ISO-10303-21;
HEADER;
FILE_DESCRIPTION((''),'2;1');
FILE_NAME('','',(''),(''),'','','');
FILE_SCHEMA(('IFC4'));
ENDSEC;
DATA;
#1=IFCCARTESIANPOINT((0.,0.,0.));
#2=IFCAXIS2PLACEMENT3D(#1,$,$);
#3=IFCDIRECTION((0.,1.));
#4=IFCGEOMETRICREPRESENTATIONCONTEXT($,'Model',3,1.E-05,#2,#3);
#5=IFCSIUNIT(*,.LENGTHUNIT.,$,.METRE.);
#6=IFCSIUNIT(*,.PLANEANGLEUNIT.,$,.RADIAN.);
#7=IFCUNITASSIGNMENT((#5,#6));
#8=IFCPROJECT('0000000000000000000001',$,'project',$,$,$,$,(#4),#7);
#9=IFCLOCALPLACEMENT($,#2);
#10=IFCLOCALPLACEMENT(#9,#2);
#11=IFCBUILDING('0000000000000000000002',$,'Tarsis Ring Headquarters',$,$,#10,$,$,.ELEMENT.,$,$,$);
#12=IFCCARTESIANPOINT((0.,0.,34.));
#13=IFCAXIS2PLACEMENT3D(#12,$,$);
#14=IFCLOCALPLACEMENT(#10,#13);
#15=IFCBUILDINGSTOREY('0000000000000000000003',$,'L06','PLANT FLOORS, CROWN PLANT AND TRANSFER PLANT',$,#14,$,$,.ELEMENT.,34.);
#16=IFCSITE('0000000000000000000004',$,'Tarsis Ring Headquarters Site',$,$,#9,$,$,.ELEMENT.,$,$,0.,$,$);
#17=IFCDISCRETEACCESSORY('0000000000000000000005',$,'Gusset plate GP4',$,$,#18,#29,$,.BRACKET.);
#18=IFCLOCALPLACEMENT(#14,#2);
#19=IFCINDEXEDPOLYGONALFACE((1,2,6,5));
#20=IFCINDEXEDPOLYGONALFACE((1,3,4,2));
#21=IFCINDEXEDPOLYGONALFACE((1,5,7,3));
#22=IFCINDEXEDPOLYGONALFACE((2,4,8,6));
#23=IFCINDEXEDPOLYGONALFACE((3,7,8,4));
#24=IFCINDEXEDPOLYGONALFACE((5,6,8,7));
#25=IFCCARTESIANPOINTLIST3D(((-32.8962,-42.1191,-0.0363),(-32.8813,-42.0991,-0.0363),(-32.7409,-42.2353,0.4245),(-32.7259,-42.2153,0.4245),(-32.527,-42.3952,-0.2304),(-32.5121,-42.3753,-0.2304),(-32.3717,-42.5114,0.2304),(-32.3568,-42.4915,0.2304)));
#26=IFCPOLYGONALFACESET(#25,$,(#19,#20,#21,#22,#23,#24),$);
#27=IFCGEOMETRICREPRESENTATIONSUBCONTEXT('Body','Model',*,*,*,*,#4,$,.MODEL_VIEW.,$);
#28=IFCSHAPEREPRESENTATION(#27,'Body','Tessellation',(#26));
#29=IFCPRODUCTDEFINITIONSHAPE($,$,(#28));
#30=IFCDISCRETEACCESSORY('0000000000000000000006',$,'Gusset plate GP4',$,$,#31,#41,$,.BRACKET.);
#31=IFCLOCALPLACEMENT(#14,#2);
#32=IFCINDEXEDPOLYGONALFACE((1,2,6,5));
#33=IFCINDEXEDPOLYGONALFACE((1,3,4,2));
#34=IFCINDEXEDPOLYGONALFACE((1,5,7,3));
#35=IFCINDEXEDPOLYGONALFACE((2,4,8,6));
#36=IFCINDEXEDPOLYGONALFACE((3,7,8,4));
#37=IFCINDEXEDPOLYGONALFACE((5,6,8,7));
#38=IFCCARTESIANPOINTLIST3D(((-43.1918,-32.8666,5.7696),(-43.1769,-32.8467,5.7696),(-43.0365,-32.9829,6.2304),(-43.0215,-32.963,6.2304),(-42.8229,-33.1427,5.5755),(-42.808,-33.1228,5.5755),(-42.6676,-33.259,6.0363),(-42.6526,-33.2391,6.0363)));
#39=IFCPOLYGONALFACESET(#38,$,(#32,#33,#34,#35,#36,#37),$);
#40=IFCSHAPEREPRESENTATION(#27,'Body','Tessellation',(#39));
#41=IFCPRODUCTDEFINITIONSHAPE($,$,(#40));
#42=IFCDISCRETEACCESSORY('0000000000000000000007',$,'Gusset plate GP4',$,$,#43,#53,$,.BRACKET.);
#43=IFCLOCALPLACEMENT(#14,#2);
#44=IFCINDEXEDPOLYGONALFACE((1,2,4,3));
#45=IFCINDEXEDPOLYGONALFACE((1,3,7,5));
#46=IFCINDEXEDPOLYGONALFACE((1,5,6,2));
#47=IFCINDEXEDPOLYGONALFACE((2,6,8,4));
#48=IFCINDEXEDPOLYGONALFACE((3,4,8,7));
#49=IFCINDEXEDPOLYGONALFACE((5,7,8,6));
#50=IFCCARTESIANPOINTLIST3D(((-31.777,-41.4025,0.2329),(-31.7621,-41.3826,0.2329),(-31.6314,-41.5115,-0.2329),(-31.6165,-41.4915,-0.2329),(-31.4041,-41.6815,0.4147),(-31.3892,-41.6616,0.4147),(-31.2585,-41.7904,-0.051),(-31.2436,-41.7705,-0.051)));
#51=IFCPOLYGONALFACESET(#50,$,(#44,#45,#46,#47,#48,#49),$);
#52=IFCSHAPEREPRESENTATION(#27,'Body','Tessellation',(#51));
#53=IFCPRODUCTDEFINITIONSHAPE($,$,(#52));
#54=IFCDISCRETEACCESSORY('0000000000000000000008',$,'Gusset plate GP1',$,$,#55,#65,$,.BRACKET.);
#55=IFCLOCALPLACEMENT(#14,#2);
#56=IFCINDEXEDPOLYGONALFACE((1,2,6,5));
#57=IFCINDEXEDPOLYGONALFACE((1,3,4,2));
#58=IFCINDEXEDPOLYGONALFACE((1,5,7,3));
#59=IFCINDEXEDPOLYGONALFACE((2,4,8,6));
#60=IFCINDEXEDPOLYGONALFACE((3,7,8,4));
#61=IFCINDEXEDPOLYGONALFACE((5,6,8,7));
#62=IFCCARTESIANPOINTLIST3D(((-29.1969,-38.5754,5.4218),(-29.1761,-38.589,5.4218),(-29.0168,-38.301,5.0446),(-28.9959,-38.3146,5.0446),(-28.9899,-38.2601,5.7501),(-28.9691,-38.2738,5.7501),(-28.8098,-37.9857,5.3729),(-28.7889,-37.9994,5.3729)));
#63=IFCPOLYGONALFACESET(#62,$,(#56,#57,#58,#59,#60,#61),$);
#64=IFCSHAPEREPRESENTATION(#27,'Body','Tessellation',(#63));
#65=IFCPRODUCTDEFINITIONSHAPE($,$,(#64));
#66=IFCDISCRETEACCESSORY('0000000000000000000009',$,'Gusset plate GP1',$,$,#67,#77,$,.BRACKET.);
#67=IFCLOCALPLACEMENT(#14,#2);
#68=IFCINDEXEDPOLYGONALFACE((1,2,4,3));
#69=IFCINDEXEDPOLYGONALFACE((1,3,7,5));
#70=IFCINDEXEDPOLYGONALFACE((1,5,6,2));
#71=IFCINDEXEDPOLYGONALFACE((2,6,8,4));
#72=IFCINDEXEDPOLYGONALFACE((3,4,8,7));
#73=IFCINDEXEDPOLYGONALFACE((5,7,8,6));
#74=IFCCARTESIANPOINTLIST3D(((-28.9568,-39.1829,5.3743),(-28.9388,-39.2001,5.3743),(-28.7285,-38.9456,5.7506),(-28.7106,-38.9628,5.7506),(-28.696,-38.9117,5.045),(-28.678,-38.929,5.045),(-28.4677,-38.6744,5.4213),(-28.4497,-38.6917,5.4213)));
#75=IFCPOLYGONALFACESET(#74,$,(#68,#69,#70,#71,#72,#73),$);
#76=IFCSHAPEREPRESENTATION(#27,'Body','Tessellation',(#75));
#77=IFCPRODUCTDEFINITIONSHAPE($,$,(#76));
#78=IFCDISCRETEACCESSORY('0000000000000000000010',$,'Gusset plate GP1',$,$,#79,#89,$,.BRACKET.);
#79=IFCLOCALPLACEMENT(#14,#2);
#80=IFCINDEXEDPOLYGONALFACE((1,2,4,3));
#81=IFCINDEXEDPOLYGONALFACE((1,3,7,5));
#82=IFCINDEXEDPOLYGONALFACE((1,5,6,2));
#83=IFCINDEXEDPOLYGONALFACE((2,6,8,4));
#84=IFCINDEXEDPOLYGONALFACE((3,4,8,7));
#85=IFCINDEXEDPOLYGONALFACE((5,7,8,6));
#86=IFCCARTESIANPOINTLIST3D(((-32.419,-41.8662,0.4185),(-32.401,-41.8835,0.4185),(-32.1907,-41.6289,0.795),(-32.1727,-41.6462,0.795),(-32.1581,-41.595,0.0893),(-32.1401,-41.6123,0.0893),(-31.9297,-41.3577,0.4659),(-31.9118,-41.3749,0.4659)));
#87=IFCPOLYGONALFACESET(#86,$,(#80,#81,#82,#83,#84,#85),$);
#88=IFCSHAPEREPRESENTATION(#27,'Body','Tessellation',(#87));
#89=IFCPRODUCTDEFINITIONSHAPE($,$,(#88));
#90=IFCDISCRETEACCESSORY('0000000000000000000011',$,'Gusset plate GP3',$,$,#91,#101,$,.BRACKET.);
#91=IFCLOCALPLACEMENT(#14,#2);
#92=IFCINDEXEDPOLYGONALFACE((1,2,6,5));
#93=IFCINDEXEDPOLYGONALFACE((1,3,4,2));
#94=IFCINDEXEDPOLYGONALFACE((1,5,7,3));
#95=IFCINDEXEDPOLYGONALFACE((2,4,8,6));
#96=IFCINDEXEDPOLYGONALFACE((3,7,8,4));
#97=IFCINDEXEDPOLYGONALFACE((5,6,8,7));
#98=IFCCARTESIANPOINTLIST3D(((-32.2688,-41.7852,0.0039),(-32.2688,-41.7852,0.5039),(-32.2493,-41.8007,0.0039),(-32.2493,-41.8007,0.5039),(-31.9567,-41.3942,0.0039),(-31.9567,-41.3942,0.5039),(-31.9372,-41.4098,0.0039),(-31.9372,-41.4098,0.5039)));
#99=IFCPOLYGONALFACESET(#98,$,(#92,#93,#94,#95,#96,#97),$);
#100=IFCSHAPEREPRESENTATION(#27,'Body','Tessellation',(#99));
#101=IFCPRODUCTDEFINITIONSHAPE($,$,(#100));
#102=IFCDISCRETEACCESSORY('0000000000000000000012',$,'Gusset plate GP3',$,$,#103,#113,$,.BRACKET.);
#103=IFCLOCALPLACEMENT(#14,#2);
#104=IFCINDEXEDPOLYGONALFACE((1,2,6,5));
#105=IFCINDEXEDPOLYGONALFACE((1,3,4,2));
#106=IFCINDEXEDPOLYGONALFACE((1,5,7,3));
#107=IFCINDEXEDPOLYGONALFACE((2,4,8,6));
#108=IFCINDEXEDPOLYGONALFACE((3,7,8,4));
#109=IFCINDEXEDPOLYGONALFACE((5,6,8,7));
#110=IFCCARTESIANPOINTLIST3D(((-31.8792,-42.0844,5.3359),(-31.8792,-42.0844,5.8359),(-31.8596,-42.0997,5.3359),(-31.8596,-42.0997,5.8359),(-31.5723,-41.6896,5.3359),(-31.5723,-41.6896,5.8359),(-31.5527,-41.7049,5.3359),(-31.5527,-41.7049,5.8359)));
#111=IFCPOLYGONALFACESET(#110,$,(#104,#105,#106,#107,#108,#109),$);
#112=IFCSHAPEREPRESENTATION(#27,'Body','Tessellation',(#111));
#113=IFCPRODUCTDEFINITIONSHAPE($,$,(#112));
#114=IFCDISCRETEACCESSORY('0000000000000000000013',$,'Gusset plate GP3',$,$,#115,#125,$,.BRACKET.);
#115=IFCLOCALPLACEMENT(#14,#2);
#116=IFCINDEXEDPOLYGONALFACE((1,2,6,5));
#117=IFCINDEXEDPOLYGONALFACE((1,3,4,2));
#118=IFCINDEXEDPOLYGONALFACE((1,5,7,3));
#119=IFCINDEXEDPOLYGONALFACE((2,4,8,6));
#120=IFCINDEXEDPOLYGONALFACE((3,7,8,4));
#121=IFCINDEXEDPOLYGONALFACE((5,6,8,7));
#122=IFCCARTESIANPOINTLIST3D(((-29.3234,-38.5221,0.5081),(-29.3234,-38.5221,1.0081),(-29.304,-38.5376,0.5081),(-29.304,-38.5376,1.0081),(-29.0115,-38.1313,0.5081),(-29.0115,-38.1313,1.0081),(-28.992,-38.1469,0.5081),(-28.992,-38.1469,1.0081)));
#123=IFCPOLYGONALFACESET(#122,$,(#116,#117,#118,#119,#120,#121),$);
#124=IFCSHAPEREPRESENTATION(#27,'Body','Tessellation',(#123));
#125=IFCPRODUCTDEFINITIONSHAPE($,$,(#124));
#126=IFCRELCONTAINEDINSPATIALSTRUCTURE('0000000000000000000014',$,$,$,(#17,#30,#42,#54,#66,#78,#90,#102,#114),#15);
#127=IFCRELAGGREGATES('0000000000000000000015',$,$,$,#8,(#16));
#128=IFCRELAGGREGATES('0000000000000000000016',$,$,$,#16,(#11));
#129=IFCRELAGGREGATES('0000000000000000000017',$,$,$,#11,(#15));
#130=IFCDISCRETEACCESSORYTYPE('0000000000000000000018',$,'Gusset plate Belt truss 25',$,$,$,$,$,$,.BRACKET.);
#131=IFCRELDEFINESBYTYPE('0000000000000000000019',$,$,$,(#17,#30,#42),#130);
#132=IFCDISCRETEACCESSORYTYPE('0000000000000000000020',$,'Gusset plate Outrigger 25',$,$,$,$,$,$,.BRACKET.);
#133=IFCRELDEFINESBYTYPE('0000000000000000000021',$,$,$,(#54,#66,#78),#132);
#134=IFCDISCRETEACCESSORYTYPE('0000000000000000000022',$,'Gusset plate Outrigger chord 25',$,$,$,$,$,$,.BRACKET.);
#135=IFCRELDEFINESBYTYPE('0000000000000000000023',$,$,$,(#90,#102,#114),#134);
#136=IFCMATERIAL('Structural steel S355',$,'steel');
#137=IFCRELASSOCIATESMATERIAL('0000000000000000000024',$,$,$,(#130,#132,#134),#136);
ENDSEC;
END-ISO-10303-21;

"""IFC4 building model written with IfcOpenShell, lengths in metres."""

from ifc_helpers import new_model, si_unit, direction, frame, origin, origin_2d, place, context, subcontext, project, spatial, rectangle, extrude, material, material_profile, profile_set, type_object, element, save


model = new_model("IFC4")

# Units and contexts
model_context = context("Model", 3, precision=1e-05, world=origin(), true_north=direction((0.0, 1.0)))
body_context = subcontext(model_context, "Body", "Model", "MODEL_VIEW")
ifc_project = project(units=[si_unit("LENGTHUNIT", "METRE"), si_unit("PLANEANGLEUNIT", "RADIAN")], contexts=[model_context])

# Site, building, storey
site_placement = place(None, origin())
site = spatial("IfcSite", under=ifc_project, at=site_placement, Name="Tarsis Ring Headquarters Site", CompositionType="ELEMENT", RefElevation=0.0)
building_placement = place(site_placement, origin())
building = spatial("IfcBuilding", under=site, at=building_placement, Name="Tarsis Ring Headquarters", CompositionType="ELEMENT")
storey_placement = place(building_placement, frame((0.0, 0.0, 34.0)))
storey = spatial("IfcBuildingStorey", under=building, at=storey_placement, Name="L06", Description="PLANT FLOORS, CROWN PLANT AND TRANSFER PLANT", CompositionType="ELEMENT", Elevation=34.0)

# Shared definitions
ifc_material_1 = material(Name="Structural steel S355", Category="steel")

# Discrete accessories
ifc_material_profile_1 = material_profile(ifc_material_1, rectangle(XDim=0.0249, YDim=0.5, at=origin_2d()), Name="PL 25x500")
ifc_profile_set_1 = profile_set([ifc_material_profile_1], Name="Structural steel S355")
discrete_accessory_type_1 = type_object("IfcDiscreteAccessoryType", Name="Gusset plate Belt truss 25", PredefinedType="BRACKET", material=ifc_profile_set_1)
discrete_accessory_1_placement = place(storey_placement, frame((-32.4419, -42.4434, 0.0), z_axis=(-0.738015, 0.552047, 0.388044), x_axis=(-0.598983, -0.800762, 0.0)))
element("IfcDiscreteAccessory", 1, at=discrete_accessory_1_placement, inside=storey, type_object=discrete_accessory_type_1, Name="Gusset plate GP4", PredefinedType="BRACKET", context=body_context, shape_type="SweptSolid", body=[
    extrude(rectangle(XDim=0.0249, YDim=0.5, at=origin_2d()), origin(), (0.0, 0.0, 1.0), 0.5002),
])
for number, where, z_axis, x_axis, name in (
    (2, (-43.1067, -32.9148, 6.0), (0.737793, -0.552246, -0.388183), (0.599237, 0.800572, 0.0), "Gusset plate GP4"),
    (3, (-31.6968, -41.447, 0.0), (0.74592, -0.557976, 0.363685), (0.598993, 0.800754, 0.0), "Gusset plate GP4"),
):
    element("IfcDiscreteAccessory", number, at=place(storey_placement, frame(where, z_axis=z_axis, x_axis=x_axis)), inside=storey, type_object=discrete_accessory_type_1, Name=name, PredefinedType="BRACKET", context=body_context, shape_type="SweptSolid", body=[
        extrude(rectangle(XDim=0.0249, YDim=0.5, at=origin_2d()), origin(), (0.0, 0.0, 1.0), 0.5),
    ])
discrete_accessory_type_2 = type_object("IfcDiscreteAccessoryType", Name="Gusset plate Outrigger 25", PredefinedType="BRACKET", material=ifc_profile_set_1)
for number, where, z_axis, x_axis, name in (
    (4, (-29.083, -38.4246, 5.5859), (0.36032, 0.54878, -0.754328), (-0.83592, 0.548851, 0.0), "Gusset plate GP1"),
    (5, (-28.5891, -38.8186, 5.5859), (-0.456576, -0.474644, -0.752496), (0.720691, -0.693257, 0.0), "Gusset plate GP1"),
):
    element("IfcDiscreteAccessory", number, at=place(storey_placement, frame(where, z_axis=z_axis, x_axis=x_axis)), inside=storey, type_object=discrete_accessory_type_2, Name=name, PredefinedType="BRACKET", context=body_context, shape_type="SweptSolid", body=[
        extrude(rectangle(XDim=0.0249, YDim=0.5, at=origin_2d()), origin(), (0.0, 0.0, 1.0), 0.5),
    ])
discrete_accessory_2_placement = place(storey_placement, frame((-32.2795, -41.7393, 0.2539), z_axis=(0.456409, 0.47447, 0.752708), x_axis=(-0.720691, 0.693257, 0.0)))
element("IfcDiscreteAccessory", 6, at=discrete_accessory_2_placement, inside=storey, type_object=discrete_accessory_type_2, Name="Gusset plate GP1", PredefinedType="BRACKET", context=body_context, shape_type="SweptSolid", body=[
    extrude(rectangle(XDim=0.0249, YDim=0.5, at=origin_2d()), origin(), (0.0, 0.0, 1.0), 0.5002),
])
discrete_accessory_type_3 = type_object("IfcDiscreteAccessoryType", Name="Gusset plate Outrigger chord 25", PredefinedType="BRACKET", material=ifc_profile_set_1)
discrete_accessory_3_placement = place(storey_placement, frame((-32.259, -41.793, 0.2539), z_axis=(0.623861, 0.781535, 0.0), x_axis=(-0.781535, 0.623861, 0.0)))
element("IfcDiscreteAccessory", 7, at=discrete_accessory_3_placement, inside=storey, type_object=discrete_accessory_type_3, Name="Gusset plate GP3", PredefinedType="BRACKET", context=body_context, shape_type="SweptSolid", body=[
    extrude(rectangle(XDim=0.0249, YDim=0.5, at=origin_2d()), origin(), (0.0, 0.0, 1.0), 0.5002),
])
for number, where, z_axis, x_axis, name in (
    (8, (-31.8694, -42.092, 5.5859), (0.613738, 0.78951, 0.0), (-0.78951, 0.613738, 0.0), "Gusset plate GP3"),
    (9, (-29.1577, -38.3345, 0.5081), (0.0, 0.0, 1.0), (-0.781483, 0.623926, 0.0), "Gusset plate GP3"),
):
    element("IfcDiscreteAccessory", number, at=place(storey_placement, frame(where, z_axis=z_axis, x_axis=x_axis)), inside=storey, type_object=discrete_accessory_type_3, Name=name, PredefinedType="BRACKET", context=body_context, shape_type="SweptSolid", body=[
        extrude(rectangle(XDim=0.0249, YDim=0.5, at=origin_2d()), origin(), (0.0, 0.0, 1.0), 0.5),
    ])

save(model, "model.ifc")
